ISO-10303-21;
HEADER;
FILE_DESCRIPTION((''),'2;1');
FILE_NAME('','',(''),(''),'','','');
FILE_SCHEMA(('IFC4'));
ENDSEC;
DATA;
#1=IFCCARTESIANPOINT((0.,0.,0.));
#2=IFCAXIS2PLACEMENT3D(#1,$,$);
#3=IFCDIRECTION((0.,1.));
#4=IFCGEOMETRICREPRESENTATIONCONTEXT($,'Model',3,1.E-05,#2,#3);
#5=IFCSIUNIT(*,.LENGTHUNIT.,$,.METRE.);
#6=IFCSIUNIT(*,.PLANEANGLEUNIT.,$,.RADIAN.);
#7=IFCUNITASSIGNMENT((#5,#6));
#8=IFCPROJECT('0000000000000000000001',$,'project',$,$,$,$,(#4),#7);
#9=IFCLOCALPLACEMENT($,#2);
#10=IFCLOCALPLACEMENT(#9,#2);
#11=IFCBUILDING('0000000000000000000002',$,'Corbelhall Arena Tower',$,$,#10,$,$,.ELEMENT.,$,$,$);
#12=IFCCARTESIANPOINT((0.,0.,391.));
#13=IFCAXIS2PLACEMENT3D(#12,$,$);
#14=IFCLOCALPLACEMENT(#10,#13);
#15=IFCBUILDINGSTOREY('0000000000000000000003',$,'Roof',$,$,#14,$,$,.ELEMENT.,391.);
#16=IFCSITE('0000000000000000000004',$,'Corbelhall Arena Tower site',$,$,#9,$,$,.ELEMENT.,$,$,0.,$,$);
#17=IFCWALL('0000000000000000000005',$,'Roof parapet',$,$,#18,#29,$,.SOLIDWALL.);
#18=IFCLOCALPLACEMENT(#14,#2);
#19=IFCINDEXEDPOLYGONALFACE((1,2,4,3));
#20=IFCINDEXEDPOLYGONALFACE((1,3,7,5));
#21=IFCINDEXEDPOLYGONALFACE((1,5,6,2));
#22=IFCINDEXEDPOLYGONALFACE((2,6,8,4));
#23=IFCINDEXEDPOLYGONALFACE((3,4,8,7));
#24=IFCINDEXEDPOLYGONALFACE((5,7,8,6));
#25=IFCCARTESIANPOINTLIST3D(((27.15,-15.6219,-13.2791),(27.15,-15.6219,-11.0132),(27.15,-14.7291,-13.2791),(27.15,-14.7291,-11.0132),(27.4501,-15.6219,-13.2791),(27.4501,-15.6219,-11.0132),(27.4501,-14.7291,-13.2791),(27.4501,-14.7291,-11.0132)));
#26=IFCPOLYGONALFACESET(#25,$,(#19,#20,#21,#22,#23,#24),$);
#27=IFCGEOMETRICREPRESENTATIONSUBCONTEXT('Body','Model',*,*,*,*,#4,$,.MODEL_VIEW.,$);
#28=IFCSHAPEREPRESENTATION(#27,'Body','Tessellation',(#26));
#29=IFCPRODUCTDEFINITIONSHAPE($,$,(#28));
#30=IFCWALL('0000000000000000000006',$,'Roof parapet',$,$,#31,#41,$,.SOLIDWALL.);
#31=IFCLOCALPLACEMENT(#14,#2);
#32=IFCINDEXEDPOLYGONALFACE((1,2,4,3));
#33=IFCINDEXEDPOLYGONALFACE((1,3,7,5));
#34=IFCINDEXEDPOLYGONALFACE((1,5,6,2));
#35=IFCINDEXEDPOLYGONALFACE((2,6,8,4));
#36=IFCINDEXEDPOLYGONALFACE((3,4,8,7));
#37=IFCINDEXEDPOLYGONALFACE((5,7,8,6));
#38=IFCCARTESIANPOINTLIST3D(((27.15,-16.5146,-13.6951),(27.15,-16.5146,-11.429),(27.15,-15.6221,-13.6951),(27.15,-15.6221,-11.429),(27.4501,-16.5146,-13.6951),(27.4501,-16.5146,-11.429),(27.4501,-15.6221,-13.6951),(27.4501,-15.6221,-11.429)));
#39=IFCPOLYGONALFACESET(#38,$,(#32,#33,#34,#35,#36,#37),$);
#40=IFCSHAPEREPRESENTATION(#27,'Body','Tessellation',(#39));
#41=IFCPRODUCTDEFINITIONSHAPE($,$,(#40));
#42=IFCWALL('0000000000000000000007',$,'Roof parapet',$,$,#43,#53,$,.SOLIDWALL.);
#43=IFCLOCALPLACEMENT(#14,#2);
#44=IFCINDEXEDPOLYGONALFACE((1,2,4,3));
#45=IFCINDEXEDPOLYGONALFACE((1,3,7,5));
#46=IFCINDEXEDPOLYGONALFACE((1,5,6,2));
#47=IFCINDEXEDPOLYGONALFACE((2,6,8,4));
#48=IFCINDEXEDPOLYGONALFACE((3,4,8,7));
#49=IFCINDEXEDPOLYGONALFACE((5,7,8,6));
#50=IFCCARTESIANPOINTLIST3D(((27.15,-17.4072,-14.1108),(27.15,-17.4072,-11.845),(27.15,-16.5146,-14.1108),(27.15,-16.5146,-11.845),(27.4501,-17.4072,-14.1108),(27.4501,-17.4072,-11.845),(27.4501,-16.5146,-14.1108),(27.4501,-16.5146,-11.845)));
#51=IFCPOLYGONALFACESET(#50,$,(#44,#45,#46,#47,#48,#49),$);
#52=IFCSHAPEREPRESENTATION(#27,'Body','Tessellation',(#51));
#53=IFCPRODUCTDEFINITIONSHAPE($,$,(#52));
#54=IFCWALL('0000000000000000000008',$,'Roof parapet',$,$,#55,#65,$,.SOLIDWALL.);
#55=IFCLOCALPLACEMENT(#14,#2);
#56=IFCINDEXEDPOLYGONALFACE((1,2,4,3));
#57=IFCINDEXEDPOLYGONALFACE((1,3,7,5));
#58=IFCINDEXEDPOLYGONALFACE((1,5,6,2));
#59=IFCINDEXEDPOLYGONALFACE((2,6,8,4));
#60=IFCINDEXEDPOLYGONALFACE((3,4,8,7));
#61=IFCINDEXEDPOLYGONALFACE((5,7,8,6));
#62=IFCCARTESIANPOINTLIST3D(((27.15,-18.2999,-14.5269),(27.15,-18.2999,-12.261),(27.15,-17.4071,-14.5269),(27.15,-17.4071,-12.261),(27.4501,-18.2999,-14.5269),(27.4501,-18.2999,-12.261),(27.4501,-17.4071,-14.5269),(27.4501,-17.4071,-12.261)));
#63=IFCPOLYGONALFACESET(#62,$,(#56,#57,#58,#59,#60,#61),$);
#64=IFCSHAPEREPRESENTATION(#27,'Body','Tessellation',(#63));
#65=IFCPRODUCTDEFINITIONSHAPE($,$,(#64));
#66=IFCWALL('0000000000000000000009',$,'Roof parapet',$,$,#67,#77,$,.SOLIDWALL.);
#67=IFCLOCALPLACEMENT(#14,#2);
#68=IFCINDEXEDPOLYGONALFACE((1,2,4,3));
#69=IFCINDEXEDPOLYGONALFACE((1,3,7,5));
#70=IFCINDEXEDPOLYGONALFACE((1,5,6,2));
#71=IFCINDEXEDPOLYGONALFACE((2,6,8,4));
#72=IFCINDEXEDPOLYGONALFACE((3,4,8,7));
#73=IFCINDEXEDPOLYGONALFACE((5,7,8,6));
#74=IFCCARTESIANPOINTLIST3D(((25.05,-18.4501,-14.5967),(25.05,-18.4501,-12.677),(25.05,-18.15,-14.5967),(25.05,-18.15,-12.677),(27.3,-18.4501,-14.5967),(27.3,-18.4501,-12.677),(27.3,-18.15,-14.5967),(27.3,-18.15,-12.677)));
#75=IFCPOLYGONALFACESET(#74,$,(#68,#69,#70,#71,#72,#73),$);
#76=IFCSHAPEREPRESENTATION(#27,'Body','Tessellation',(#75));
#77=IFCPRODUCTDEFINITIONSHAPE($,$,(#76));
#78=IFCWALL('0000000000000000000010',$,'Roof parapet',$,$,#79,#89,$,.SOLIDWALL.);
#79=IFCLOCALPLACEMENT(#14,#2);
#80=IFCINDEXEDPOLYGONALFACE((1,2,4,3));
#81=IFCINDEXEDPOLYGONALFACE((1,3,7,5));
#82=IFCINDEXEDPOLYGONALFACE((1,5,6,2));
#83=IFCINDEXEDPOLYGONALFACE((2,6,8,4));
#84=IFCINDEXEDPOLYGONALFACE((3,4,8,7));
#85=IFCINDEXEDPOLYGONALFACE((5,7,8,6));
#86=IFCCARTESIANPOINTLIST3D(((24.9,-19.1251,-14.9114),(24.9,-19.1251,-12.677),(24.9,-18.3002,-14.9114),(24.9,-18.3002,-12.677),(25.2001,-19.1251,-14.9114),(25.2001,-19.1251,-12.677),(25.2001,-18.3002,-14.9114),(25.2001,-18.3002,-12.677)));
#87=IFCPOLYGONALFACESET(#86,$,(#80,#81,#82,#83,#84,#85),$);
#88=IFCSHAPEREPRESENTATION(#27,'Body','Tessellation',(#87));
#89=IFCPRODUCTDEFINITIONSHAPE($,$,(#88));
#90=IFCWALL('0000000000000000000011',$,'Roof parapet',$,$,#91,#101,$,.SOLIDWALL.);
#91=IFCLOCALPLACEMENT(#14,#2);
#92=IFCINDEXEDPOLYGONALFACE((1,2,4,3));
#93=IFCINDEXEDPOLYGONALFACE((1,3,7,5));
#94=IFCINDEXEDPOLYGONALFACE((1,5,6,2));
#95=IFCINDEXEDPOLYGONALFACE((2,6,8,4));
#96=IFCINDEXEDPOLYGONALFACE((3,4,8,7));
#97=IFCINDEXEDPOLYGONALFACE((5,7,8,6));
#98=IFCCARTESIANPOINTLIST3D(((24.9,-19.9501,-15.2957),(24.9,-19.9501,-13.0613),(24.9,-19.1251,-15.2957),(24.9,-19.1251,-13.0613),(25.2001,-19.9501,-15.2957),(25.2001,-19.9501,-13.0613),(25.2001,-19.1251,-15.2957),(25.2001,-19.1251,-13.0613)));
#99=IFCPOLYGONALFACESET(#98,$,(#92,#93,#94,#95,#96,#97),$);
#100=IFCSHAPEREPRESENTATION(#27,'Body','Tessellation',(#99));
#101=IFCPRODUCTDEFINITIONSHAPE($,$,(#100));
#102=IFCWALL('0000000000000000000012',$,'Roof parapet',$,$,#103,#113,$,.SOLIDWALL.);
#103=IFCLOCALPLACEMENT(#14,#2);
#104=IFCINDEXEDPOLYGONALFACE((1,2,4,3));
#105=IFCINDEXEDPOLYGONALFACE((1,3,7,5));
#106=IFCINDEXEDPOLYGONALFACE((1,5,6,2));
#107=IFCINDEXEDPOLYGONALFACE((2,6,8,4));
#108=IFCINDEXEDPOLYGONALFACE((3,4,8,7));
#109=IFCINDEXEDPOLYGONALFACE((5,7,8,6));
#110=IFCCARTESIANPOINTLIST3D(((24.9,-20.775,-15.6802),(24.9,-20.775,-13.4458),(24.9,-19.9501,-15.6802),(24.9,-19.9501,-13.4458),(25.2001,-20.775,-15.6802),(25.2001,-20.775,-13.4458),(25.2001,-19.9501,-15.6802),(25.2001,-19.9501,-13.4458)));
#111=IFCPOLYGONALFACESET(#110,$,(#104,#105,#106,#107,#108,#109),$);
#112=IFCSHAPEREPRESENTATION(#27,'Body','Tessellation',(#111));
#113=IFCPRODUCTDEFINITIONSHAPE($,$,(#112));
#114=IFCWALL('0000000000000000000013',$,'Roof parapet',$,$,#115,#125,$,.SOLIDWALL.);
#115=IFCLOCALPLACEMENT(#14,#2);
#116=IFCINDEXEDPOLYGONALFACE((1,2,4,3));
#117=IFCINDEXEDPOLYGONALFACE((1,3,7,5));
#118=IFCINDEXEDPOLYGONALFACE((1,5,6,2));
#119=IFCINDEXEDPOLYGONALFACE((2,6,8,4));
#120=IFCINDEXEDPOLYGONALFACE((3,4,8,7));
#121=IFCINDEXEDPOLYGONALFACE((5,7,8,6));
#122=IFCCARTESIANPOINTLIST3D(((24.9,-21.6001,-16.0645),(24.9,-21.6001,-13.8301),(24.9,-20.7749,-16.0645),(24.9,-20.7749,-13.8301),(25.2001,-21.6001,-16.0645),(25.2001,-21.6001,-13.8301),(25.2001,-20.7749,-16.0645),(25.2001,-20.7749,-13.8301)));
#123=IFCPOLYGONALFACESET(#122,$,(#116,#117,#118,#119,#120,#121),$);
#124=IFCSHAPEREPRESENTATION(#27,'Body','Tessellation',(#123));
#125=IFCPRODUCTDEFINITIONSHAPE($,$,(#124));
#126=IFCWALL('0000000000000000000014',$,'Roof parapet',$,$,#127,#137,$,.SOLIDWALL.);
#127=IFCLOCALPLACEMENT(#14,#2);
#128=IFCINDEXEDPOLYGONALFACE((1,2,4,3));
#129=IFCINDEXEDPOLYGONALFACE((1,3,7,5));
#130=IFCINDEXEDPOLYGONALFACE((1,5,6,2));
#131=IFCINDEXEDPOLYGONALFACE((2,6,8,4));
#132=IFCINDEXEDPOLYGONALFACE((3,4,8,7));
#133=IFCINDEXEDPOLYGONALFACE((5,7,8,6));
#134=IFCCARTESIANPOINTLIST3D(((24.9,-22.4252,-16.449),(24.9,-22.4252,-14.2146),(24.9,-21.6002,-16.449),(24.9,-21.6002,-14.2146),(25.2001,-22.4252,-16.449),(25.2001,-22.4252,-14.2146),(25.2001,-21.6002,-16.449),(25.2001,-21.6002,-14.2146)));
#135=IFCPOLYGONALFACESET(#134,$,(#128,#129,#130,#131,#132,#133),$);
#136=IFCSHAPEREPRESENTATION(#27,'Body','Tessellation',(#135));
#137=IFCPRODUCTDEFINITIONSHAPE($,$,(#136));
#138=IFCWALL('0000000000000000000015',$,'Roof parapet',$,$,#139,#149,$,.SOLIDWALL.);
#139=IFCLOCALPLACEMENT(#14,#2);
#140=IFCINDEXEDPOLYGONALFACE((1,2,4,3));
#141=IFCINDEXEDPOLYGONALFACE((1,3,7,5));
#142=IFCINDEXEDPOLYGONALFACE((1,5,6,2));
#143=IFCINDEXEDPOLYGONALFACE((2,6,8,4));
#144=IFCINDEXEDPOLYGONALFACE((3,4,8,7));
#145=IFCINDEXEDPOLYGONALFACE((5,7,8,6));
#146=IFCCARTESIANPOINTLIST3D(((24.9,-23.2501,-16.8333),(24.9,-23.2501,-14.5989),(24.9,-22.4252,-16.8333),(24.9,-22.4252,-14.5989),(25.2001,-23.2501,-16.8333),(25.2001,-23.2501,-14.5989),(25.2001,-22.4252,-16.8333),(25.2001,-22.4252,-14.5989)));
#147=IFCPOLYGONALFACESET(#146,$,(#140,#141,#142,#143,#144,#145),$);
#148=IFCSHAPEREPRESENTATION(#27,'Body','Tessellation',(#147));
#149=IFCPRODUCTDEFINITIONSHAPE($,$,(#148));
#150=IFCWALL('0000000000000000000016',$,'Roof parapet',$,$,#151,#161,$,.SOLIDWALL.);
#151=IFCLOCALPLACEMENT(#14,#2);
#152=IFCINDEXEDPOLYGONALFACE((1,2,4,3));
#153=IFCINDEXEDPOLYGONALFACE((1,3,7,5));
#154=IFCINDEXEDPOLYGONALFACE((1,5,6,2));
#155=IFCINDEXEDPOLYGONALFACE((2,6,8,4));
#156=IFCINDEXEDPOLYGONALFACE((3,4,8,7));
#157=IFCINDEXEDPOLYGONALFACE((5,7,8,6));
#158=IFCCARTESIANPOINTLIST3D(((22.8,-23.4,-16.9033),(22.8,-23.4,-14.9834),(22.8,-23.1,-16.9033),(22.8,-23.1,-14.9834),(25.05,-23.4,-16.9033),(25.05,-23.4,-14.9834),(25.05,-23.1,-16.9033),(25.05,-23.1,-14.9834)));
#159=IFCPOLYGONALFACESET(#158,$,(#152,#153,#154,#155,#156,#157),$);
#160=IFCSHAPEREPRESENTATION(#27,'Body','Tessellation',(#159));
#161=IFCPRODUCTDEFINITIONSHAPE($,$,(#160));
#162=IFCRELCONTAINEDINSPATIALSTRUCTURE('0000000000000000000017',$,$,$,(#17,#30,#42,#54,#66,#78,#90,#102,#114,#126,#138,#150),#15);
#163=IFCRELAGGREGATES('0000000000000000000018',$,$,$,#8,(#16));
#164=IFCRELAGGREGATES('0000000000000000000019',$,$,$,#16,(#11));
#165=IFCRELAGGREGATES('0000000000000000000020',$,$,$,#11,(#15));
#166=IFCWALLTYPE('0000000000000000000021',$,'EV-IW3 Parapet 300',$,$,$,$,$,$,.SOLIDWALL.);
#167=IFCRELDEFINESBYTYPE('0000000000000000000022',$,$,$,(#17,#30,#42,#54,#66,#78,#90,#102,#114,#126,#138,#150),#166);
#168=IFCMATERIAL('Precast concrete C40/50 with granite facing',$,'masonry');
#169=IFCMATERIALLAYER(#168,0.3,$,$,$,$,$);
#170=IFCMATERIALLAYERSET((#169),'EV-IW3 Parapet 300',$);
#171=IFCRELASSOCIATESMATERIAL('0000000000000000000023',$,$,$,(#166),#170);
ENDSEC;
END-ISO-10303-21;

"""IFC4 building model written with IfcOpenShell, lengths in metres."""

from ifc_helpers import new_model, si_unit, direction, frame, frame_2d, origin, place, context, subcontext, project, spatial, rectangle, extrude, material, layer, layer_set, type_object, element, save


model = new_model("IFC4")

# Units and contexts
model_context = context("Model", 3, precision=1e-05, world=origin(), true_north=direction((0.0, 1.0)))
body_context = subcontext(model_context, "Body", "Model", "MODEL_VIEW")
ifc_project = project(units=[si_unit("LENGTHUNIT", "METRE"), si_unit("PLANEANGLEUNIT", "RADIAN")], contexts=[model_context])

# Site, building, storey
site_placement = place(None, origin())
site = spatial("IfcSite", under=ifc_project, at=site_placement, Name="Corbelhall Arena Tower site", CompositionType="ELEMENT", RefElevation=0.0)
building_placement = place(site_placement, origin())
building = spatial("IfcBuilding", under=site, at=building_placement, Name="Corbelhall Arena Tower", CompositionType="ELEMENT")
storey_placement = place(building_placement, frame((0.0, 0.0, 391.0)))
storey = spatial("IfcBuildingStorey", under=building, at=storey_placement, Name="Roof", CompositionType="ELEMENT", Elevation=391.0)

# Walls
ifc_material_1 = material(Name="Precast concrete C40/50 with granite facing", Category="masonry")
ifc_layer_1 = layer(ifc_material_1, 0.3)
ifc_layer_set_1 = layer_set([ifc_layer_1], Name="EV-IW3 Parapet 300")
wall_type = type_object("IfcWallType", Name="EV-IW3 Parapet 300", PredefinedType="SOLIDWALL", material=ifc_layer_set_1)
wall_1_placement = place(storey_placement, frame((27.3, -14.7292, -13.2791), z_axis=(0.0, 0.0, 1.0), x_axis=(0.0, -1.0, 0.0)))
element("IfcWall", 1, at=wall_1_placement, inside=storey, type_object=wall_type, Name="Roof parapet", PredefinedType="SOLIDWALL", context=body_context, shape_type="SweptSolid", body=[
    extrude(rectangle(XDim=0.8928, YDim=0.3, at=frame_2d((0.4463, 0.0))), origin(), (0.0, 0.0, 1.0), 2.2659),
])
wall_2_placement = place(storey_placement, frame((27.3, -15.6221, -13.6951), z_axis=(0.0, 0.0, 1.0), x_axis=(0.0, -1.0, 0.0)))
element("IfcWall", 2, at=wall_2_placement, inside=storey, type_object=wall_type, Name="Roof parapet", PredefinedType="SOLIDWALL", context=body_context, shape_type="SweptSolid", body=[
    extrude(rectangle(XDim=0.8926, YDim=0.3, at=frame_2d((0.4463, 0.0))), origin(), (0.0, 0.0, 1.0), 2.2661),
])
wall_3_placement = place(storey_placement, frame((27.3, -16.5146, -14.1108), z_axis=(0.0, 0.0, 1.0), x_axis=(0.0, -1.0, 0.0)))
element("IfcWall", 3, at=wall_3_placement, inside=storey, type_object=wall_type, Name="Roof parapet", PredefinedType="SOLIDWALL", context=body_context, shape_type="SweptSolid", body=[
    extrude(rectangle(XDim=0.8926, YDim=0.3, at=frame_2d((0.4463, 0.0))), origin(), (0.0, 0.0, 1.0), 2.2659),
])
wall_4_placement = place(storey_placement, frame((27.3, -17.4072, -14.5269), z_axis=(0.0, 0.0, 1.0), x_axis=(0.0, -1.0, 0.0)))
element("IfcWall", 4, at=wall_4_placement, inside=storey, type_object=wall_type, Name="Roof parapet", PredefinedType="SOLIDWALL", context=body_context, shape_type="SweptSolid", body=[
    extrude(rectangle(XDim=0.8928, YDim=0.3, at=frame_2d((0.4463, 0.0))), origin(), (0.0, 0.0, 1.0), 2.2659),
])
wall_5_placement = place(storey_placement, frame((27.3, -18.3, -14.5967), z_axis=(0.0, 0.0, 1.0), x_axis=(-1.0, 0.0, 0.0)))
element("IfcWall", 5, at=wall_5_placement, inside=storey, type_object=wall_type, Name="Roof parapet", PredefinedType="SOLIDWALL", context=body_context, shape_type="SweptSolid", body=[
    extrude(rectangle(XDim=2.25, YDim=0.3, at=frame_2d((1.125, 0.0))), origin(), (0.0, 0.0, 1.0), 1.9197),
])
for number, where, z_axis, x_axis, name in (
    (6, (25.05, -18.3, -14.9114), (0.0, 0.0, 1.0), (0.0, -1.0, 0.0), "Roof parapet"),
    (7, (25.05, -19.125, -15.2957), (0.0, 0.0, 1.0), (0.0, -1.0, 0.0), "Roof parapet"),
    (8, (25.05, -19.95, -15.6802), (0.0, 0.0, 1.0), (0.0, -1.0, 0.0), "Roof parapet"),
):
    element("IfcWall", number, at=place(storey_placement, frame(where, z_axis=z_axis, x_axis=x_axis)), inside=storey, type_object=wall_type, Name=name, PredefinedType="SOLIDWALL", context=body_context, shape_type="SweptSolid", body=[
        extrude(rectangle(XDim=0.825, YDim=0.3, at=frame_2d((0.4126, 0.0))), origin(), (0.0, 0.0, 1.0), 2.2344),
    ])
wall_6_placement = place(storey_placement, frame((25.05, -20.7749, -16.0645), z_axis=(0.0, 0.0, 1.0), x_axis=(0.0, -1.0, 0.0)))
element("IfcWall", 9, at=wall_6_placement, inside=storey, type_object=wall_type, Name="Roof parapet", PredefinedType="SOLIDWALL", context=body_context, shape_type="SweptSolid", body=[
    extrude(rectangle(XDim=0.8252, YDim=0.3, at=frame_2d((0.4126, 0.0))), origin(), (0.0, 0.0, 1.0), 2.2344),
])
for number, where, z_axis, x_axis, name in (
    (10, (25.05, -21.6001, -16.449), (0.0, 0.0, 1.0), (0.0, -1.0, 0.0), "Roof parapet"),
    (11, (25.05, -22.425, -16.8333), (0.0, 0.0, 1.0), (0.0, -1.0, 0.0), "Roof parapet"),
):
    element("IfcWall", number, at=place(storey_placement, frame(where, z_axis=z_axis, x_axis=x_axis)), inside=storey, type_object=wall_type, Name=name, PredefinedType="SOLIDWALL", context=body_context, shape_type="SweptSolid", body=[
        extrude(rectangle(XDim=0.825, YDim=0.3, at=frame_2d((0.4126, 0.0))), origin(), (0.0, 0.0, 1.0), 2.2344),
    ])
wall_7_placement = place(storey_placement, frame((25.05, -23.25, -16.9033), z_axis=(0.0, 0.0, 1.0), x_axis=(-1.0, 0.0, 0.0)))
element("IfcWall", 12, at=wall_7_placement, inside=storey, type_object=wall_type, Name="Roof parapet", PredefinedType="SOLIDWALL", context=body_context, shape_type="SweptSolid", body=[
    extrude(rectangle(XDim=2.25, YDim=0.3, at=frame_2d((1.125, 0.0))), origin(), (0.0, 0.0, 1.0), 1.9199),
])

save(model, "model.ifc")
